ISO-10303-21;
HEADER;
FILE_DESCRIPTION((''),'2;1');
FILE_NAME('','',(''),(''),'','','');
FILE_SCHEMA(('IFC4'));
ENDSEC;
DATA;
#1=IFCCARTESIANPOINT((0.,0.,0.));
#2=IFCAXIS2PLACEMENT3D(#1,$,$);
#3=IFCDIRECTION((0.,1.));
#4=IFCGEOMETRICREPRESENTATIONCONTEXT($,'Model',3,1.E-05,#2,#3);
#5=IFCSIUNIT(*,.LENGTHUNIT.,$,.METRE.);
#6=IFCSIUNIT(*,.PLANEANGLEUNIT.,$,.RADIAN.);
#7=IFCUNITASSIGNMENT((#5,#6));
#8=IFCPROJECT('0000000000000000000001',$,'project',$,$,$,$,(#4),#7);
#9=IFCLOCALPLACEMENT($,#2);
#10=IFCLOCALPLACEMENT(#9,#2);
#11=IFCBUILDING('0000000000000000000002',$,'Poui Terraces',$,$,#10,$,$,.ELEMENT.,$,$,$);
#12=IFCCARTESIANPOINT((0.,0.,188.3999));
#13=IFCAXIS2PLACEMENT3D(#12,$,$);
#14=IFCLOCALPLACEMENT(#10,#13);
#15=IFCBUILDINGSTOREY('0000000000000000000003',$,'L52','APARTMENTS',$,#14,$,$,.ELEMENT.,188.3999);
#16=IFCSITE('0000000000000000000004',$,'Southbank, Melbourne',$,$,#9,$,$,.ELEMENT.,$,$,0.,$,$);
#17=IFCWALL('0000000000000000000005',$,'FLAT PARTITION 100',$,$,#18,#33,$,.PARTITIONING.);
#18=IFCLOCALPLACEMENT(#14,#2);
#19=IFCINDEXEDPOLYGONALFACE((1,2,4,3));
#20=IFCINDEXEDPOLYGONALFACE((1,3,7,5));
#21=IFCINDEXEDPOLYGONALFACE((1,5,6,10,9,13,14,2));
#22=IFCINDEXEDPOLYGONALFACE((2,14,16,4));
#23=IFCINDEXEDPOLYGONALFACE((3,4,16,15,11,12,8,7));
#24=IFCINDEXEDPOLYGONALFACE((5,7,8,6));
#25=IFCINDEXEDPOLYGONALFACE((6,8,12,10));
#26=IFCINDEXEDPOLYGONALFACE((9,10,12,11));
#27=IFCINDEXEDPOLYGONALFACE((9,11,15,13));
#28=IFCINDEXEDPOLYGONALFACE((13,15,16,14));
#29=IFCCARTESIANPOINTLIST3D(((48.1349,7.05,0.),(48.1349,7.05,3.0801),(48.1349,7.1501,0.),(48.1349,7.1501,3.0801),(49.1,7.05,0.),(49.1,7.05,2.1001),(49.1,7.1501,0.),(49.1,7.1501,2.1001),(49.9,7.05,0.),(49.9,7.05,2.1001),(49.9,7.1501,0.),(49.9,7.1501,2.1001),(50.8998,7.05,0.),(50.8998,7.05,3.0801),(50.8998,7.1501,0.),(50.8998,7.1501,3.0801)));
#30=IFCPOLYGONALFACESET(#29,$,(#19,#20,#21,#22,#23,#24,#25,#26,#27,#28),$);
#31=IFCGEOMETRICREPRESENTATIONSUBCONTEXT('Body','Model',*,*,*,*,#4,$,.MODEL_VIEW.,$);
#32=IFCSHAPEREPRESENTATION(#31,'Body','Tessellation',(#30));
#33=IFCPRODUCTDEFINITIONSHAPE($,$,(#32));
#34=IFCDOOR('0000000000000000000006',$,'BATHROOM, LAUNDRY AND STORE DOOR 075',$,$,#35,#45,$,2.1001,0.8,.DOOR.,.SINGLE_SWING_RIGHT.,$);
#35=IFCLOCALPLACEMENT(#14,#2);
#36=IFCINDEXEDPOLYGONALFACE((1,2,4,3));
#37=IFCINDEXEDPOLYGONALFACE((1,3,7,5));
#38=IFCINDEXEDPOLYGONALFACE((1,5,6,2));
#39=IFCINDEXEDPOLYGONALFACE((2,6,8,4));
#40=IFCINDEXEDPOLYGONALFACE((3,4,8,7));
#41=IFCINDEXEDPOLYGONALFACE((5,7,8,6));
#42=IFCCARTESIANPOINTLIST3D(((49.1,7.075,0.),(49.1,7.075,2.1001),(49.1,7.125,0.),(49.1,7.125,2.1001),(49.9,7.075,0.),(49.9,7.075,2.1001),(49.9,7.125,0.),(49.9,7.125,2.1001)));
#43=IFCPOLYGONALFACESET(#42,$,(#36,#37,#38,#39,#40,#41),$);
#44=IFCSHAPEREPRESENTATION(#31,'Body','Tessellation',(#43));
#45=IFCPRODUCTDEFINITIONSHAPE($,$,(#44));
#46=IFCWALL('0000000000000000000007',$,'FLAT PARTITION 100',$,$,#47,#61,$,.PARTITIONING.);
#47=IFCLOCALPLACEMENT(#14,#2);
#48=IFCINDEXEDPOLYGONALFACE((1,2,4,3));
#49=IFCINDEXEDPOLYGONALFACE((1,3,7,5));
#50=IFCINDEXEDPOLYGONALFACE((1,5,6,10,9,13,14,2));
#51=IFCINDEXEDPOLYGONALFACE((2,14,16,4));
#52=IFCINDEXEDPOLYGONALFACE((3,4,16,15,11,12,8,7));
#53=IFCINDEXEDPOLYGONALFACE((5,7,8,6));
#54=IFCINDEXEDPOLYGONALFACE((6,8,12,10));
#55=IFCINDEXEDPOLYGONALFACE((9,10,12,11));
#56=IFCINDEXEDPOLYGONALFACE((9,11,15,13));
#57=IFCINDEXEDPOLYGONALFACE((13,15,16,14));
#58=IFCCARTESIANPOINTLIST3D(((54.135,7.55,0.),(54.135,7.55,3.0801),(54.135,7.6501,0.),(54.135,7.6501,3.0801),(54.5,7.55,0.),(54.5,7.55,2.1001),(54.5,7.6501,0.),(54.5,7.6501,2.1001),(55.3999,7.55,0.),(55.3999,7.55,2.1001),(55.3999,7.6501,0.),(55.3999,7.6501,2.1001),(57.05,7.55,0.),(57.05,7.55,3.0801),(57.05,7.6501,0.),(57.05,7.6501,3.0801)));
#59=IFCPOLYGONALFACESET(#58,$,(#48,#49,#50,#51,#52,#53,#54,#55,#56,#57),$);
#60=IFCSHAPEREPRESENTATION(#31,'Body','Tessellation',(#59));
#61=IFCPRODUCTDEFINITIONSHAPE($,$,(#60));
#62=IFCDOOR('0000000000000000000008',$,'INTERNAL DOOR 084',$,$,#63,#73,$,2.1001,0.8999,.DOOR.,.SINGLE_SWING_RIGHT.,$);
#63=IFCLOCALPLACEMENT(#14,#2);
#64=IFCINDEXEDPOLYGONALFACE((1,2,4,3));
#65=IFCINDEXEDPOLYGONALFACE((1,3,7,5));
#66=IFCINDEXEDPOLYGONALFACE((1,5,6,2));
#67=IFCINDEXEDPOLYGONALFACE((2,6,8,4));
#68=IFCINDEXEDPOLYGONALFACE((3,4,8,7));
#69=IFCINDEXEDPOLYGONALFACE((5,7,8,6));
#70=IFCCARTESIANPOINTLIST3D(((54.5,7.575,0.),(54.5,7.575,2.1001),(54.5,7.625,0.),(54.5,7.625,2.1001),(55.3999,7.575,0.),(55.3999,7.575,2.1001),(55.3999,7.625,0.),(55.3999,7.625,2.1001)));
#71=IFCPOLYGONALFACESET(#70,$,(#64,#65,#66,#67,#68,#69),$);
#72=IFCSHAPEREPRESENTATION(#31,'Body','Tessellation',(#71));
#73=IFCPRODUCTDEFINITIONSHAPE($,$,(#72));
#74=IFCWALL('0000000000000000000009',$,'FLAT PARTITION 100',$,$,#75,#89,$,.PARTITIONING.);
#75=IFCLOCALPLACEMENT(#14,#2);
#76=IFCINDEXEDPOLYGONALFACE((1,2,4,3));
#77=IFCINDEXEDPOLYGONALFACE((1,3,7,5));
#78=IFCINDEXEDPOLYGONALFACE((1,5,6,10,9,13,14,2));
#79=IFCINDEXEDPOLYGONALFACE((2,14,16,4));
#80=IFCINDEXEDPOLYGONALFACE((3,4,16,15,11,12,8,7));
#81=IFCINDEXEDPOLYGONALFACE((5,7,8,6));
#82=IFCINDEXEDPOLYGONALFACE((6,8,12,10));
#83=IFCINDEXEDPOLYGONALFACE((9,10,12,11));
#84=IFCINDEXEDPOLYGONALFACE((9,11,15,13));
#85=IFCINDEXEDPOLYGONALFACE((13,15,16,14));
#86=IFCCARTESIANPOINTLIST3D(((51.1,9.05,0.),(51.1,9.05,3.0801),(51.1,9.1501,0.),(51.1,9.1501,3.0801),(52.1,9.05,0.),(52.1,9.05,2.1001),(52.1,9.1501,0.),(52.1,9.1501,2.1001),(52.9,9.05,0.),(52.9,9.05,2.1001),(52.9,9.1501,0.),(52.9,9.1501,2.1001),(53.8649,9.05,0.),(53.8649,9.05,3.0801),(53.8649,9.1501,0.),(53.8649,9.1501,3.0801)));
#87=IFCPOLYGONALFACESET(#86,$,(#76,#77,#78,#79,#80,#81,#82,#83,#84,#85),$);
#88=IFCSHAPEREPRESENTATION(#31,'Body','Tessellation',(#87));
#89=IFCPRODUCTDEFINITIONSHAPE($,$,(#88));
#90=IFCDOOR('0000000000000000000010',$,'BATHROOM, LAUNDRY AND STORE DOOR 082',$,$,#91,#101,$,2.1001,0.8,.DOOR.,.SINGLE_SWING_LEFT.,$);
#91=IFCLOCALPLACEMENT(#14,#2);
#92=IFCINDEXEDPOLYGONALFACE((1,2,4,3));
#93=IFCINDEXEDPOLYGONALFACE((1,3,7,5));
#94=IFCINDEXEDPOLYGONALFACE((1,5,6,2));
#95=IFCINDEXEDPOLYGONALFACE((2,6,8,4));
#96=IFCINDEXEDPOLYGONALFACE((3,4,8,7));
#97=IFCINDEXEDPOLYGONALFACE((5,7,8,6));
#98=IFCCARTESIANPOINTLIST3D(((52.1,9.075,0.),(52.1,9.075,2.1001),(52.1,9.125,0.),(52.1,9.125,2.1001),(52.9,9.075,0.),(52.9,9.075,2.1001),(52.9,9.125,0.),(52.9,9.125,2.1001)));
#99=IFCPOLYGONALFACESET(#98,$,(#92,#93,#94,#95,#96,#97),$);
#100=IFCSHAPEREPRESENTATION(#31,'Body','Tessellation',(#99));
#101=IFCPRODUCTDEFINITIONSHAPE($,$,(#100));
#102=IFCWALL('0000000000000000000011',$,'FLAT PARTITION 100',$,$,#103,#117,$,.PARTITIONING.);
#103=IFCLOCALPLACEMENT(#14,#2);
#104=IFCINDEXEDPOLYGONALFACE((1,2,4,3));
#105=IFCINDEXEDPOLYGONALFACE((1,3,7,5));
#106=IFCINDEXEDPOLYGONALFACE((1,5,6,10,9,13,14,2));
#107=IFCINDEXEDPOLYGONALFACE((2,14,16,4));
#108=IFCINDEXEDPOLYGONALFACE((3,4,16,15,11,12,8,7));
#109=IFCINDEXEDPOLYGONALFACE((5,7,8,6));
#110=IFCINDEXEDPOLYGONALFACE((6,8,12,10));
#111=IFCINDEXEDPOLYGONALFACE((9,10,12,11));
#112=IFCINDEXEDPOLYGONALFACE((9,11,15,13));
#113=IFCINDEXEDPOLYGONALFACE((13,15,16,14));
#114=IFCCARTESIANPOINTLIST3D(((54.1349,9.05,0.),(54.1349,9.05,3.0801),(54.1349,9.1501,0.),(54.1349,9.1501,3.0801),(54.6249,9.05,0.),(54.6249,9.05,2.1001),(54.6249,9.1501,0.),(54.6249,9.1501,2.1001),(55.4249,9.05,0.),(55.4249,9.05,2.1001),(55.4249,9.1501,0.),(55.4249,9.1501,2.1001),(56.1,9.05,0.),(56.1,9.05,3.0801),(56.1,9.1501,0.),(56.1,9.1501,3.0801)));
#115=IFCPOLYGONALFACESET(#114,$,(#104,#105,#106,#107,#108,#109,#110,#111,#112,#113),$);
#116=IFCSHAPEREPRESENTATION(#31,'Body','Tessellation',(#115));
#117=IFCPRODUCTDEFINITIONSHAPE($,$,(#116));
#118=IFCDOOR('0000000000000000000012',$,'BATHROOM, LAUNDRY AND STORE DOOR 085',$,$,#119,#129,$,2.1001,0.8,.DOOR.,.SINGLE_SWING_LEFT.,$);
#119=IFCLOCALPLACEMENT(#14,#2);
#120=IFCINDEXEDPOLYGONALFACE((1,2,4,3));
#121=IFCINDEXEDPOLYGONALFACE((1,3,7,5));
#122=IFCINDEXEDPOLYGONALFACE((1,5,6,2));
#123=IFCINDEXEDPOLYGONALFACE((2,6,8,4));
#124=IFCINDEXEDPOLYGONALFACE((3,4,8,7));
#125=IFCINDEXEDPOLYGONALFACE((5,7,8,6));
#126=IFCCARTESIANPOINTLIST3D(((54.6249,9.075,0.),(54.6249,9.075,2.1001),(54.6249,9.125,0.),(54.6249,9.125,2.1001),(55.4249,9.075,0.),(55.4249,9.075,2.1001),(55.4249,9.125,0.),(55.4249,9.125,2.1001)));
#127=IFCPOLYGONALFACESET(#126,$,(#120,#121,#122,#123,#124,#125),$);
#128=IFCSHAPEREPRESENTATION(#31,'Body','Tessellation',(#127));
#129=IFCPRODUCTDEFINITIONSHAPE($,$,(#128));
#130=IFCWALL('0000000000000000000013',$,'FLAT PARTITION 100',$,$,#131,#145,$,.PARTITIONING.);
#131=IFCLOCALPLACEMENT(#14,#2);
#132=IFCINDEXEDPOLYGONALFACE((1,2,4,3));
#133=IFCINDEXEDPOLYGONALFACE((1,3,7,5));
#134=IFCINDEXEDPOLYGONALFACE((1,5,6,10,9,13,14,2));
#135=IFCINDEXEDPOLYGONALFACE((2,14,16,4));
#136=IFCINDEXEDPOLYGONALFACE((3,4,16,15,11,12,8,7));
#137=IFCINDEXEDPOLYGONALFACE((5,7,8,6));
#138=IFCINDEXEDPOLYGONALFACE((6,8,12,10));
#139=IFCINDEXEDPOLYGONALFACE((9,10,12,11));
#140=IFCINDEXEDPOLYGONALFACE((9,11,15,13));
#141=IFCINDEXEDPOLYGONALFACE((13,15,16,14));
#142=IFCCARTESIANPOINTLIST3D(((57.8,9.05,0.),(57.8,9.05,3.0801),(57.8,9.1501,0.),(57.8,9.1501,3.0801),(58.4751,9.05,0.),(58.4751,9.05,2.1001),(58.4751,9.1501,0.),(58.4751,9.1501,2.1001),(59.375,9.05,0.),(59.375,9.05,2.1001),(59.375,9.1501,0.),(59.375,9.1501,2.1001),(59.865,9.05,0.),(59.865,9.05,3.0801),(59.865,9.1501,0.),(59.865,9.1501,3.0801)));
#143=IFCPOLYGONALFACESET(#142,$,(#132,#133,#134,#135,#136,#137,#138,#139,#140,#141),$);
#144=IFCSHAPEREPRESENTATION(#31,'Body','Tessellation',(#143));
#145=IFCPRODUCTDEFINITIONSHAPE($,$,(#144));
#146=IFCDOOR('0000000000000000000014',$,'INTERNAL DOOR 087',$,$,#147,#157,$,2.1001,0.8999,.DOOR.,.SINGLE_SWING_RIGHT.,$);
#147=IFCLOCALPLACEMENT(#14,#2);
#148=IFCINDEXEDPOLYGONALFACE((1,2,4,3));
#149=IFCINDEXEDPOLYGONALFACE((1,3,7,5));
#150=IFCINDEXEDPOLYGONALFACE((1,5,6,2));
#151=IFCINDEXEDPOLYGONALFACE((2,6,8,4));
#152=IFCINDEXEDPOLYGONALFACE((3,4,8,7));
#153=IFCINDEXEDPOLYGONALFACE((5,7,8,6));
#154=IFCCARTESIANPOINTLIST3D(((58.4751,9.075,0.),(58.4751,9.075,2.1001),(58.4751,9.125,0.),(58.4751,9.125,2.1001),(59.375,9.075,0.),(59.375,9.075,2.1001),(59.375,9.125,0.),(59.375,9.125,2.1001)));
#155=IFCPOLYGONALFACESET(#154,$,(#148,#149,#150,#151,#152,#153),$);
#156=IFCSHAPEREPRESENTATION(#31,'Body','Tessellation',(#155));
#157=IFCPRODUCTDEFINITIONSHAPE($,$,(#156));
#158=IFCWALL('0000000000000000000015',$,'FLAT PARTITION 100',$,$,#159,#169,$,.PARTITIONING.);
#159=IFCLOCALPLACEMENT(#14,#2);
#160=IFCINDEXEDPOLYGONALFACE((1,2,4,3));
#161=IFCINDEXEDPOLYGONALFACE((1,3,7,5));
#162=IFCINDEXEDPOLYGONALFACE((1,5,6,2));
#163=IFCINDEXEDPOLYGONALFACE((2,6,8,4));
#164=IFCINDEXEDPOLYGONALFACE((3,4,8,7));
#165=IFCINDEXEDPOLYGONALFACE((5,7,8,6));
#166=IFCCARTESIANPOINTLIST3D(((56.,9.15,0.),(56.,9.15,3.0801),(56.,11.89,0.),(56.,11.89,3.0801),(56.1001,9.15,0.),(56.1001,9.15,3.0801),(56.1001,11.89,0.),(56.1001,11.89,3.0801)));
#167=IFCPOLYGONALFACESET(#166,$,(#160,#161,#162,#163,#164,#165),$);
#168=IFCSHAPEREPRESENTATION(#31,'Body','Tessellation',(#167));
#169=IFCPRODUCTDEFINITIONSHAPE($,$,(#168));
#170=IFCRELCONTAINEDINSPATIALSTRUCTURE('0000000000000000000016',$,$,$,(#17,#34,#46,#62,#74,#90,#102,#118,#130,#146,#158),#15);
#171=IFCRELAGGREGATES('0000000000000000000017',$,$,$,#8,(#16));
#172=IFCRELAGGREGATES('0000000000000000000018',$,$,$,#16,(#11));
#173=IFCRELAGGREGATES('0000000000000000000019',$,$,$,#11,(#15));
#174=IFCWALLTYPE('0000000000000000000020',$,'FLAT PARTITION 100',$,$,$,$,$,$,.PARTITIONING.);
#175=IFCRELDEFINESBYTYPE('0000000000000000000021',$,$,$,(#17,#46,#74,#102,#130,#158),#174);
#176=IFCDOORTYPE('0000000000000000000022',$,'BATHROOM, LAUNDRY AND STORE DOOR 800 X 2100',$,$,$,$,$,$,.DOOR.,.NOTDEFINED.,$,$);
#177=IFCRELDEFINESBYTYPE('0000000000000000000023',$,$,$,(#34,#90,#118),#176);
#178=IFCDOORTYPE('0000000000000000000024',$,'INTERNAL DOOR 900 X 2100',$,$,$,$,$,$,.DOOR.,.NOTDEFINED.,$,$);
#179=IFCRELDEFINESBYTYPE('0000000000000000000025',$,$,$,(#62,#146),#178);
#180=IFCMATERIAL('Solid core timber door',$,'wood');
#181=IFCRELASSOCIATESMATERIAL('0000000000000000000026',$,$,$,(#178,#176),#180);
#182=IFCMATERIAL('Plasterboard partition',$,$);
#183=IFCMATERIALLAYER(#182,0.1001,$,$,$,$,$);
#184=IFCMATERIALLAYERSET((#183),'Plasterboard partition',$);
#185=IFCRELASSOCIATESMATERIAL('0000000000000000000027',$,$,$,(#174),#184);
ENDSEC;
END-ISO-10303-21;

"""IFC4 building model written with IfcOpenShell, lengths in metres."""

from ifc_helpers import new_model, si_unit, direction, frame, frame_2d, origin, place, context, subcontext, project, spatial, rectangle, extrude, material, layer, layer_set, type_object, element, fill, save


model = new_model("IFC4")

# Units and contexts
model_context = context("Model", 3, precision=1e-05, world=origin(), true_north=direction((0.0, 1.0)))
body_context = subcontext(model_context, "Body", "Model", "MODEL_VIEW")
ifc_project = project(units=[si_unit("LENGTHUNIT", "METRE"), si_unit("PLANEANGLEUNIT", "RADIAN")], contexts=[model_context])

# Site, building, storey
site_placement = place(None, origin())
site = spatial("IfcSite", under=ifc_project, at=site_placement, Name="Southbank, Melbourne", CompositionType="ELEMENT", RefElevation=0.0)
building_placement = place(site_placement, origin())
building = spatial("IfcBuilding", under=site, at=building_placement, Name="Poui Terraces", CompositionType="ELEMENT")
storey_placement = place(building_placement, frame((0.0, 0.0, 188.3999)))
storey = spatial("IfcBuildingStorey", under=building, at=storey_placement, Name="L52", Description="APARTMENTS", CompositionType="ELEMENT", Elevation=188.3999)

# Walls, openings, doors
ifc_material_1 = material(Name="Solid core timber door", Category="wood")
door_type_1 = type_object("IfcDoorType", Name="INTERNAL DOOR 900 X 2100", OperationType="NOTDEFINED", PredefinedType="DOOR", material=ifc_material_1)
ifc_material_2 = material(Name="Plasterboard partition")
ifc_layer_1 = layer(ifc_material_2, 0.1001)
ifc_layer_set_1 = layer_set([ifc_layer_1], Name="Plasterboard partition")
wall_type_1 = type_object("IfcWallType", Name="FLAT PARTITION 100", PredefinedType="PARTITIONING", material=ifc_layer_set_1)
wall_1_placement = place(storey_placement, frame((48.135, 7.1001, 0.0), z_axis=(0.0, 0.0, 1.0), x_axis=(1.0, 0.0, 0.0)))
wall_1 = element("IfcWall", 1, at=wall_1_placement, inside=storey, type_object=wall_type_1, Name="FLAT PARTITION 100", PredefinedType="PARTITIONING", context=body_context, shape_type="SweptSolid", body=[
    extrude(rectangle(XDim=2.7649, YDim=0.1001, at=frame_2d((1.3823, 0.0))), origin(), (0.0, 0.0, 1.0), 3.0801),
])
opening_1_placement = place(wall_1_placement, frame((0.9651, 0.0, 0.0)))
opening_1 = element("IfcOpeningElement", 2, at=opening_1_placement, cuts=wall_1, PredefinedType="OPENING", context=body_context, shape_type="SweptSolid", body=[
    extrude(rectangle(XDim=0.8, YDim=2.1001, at=frame_2d((0.3999, 1.05))), frame((0.0, 0.0601, 0.0), z_axis=(0.0, -1.0, 0.0), x_axis=(1.0, 0.0, 0.0)), (0.0, 0.0, 1.0), 0.1201),
])
door_type_2 = type_object("IfcDoorType", Name="BATHROOM, LAUNDRY AND STORE DOOR 800 X 2100", OperationType="NOTDEFINED", PredefinedType="DOOR", material=ifc_material_1)
door_1_placement = place(opening_1_placement, origin())
door_1 = element("IfcDoor", 3, at=door_1_placement, inside=storey, type_object=door_type_2, Name="BATHROOM, LAUNDRY AND STORE DOOR 075", OperationType="SINGLE_SWING_RIGHT", OverallHeight=2.1001, OverallWidth=0.8, PredefinedType="DOOR", context=body_context, shape_type="SweptSolid", body=[
    extrude(rectangle(XDim=0.8, YDim=2.1001, at=frame_2d((0.3999, 1.05))), frame((0.0, 0.0249, 0.0), z_axis=(0.0, -1.0, 0.0), x_axis=(1.0, 0.0, 0.0)), (0.0, 0.0, 1.0), 0.05),
])
fill(opening_1, door_1)
wall_2_placement = place(storey_placement, frame((54.135, 7.6001, 0.0), z_axis=(0.0, 0.0, 1.0), x_axis=(1.0, 0.0, 0.0)))
wall_2 = element("IfcWall", 4, at=wall_2_placement, inside=storey, type_object=wall_type_1, Name="FLAT PARTITION 100", PredefinedType="PARTITIONING", context=body_context, shape_type="SweptSolid", body=[
    extrude(rectangle(XDim=2.915, YDim=0.1001, at=frame_2d((1.4575, 0.0))), origin(), (0.0, 0.0, 1.0), 3.0801),
])
opening_2_placement = place(wall_2_placement, frame((0.365, 0.0, 0.0)))
opening_2 = element("IfcOpeningElement", 5, at=opening_2_placement, cuts=wall_2, PredefinedType="OPENING", context=body_context, shape_type="SweptSolid", body=[
    extrude(rectangle(XDim=0.8999, YDim=2.1001, at=frame_2d((0.45, 1.05))), frame((0.0, 0.0601, 0.0), z_axis=(0.0, -1.0, 0.0), x_axis=(1.0, 0.0, 0.0)), (0.0, 0.0, 1.0), 0.1201),
])
door_2_placement = place(opening_2_placement, origin())
door_2 = element("IfcDoor", 6, at=door_2_placement, inside=storey, type_object=door_type_1, Name="INTERNAL DOOR 084", OperationType="SINGLE_SWING_RIGHT", OverallHeight=2.1001, OverallWidth=0.8999, PredefinedType="DOOR", context=body_context, shape_type="SweptSolid", body=[
    extrude(rectangle(XDim=0.8999, YDim=2.1001, at=frame_2d((0.45, 1.05))), frame((0.0, 0.0249, 0.0), z_axis=(0.0, -1.0, 0.0), x_axis=(1.0, 0.0, 0.0)), (0.0, 0.0, 1.0), 0.05),
])
fill(opening_2, door_2)
wall_3_placement = place(storey_placement, frame((51.1001, 9.1001, 0.0), z_axis=(0.0, 0.0, 1.0), x_axis=(1.0, 0.0, 0.0)))
wall_3 = element("IfcWall", 7, at=wall_3_placement, inside=storey, type_object=wall_type_1, Name="FLAT PARTITION 100", PredefinedType="PARTITIONING", context=body_context, shape_type="SweptSolid", body=[
    extrude(rectangle(XDim=2.7649, YDim=0.1001, at=frame_2d((1.3823, 0.0))), origin(), (0.0, 0.0, 1.0), 3.0801),
])
opening_3_placement = place(wall_3_placement, frame((1.0, 0.0, 0.0)))
opening_3 = element("IfcOpeningElement", 8, at=opening_3_placement, cuts=wall_3, PredefinedType="OPENING", context=body_context, shape_type="SweptSolid", body=[
    extrude(rectangle(XDim=0.8, YDim=2.1001, at=frame_2d((0.3999, 1.05))), frame((0.0, 0.0601, 0.0), z_axis=(0.0, -1.0, 0.0), x_axis=(1.0, 0.0, 0.0)), (0.0, 0.0, 1.0), 0.1201),
])
door_3_placement = place(opening_3_placement, origin())
door_3 = element("IfcDoor", 9, at=door_3_placement, inside=storey, type_object=door_type_2, Name="BATHROOM, LAUNDRY AND STORE DOOR 082", OperationType="SINGLE_SWING_LEFT", OverallHeight=2.1001, OverallWidth=0.8, PredefinedType="DOOR", context=body_context, shape_type="SweptSolid", body=[
    extrude(rectangle(XDim=0.8, YDim=2.1001, at=frame_2d((0.3999, 1.05))), frame((0.0, 0.0249, 0.0), z_axis=(0.0, -1.0, 0.0), x_axis=(1.0, 0.0, 0.0)), (0.0, 0.0, 1.0), 0.05),
])
fill(opening_3, door_3)
wall_4_placement = place(storey_placement, frame((54.135, 9.1001, 0.0), z_axis=(0.0, 0.0, 1.0), x_axis=(1.0, 0.0, 0.0)))
wall_4 = element("IfcWall", 10, at=wall_4_placement, inside=storey, type_object=wall_type_1, Name="FLAT PARTITION 100", PredefinedType="PARTITIONING", context=body_context, shape_type="SweptSolid", body=[
    extrude(rectangle(XDim=1.9651, YDim=0.1001, at=frame_2d((0.9824, 0.0))), origin(), (0.0, 0.0, 1.0), 3.0801),
])
opening_4_placement = place(wall_4_placement, frame((0.49, 0.0, 0.0)))
opening_4 = element("IfcOpeningElement", 11, at=opening_4_placement, cuts=wall_4, PredefinedType="OPENING", context=body_context, shape_type="SweptSolid", body=[
    extrude(rectangle(XDim=0.8, YDim=2.1001, at=frame_2d((0.3999, 1.05))), frame((0.0, 0.0601, 0.0), z_axis=(0.0, -1.0, 0.0), x_axis=(1.0, 0.0, 0.0)), (0.0, 0.0, 1.0), 0.1201),
])
door_4_placement = place(opening_4_placement, origin())
door_4 = element("IfcDoor", 12, at=door_4_placement, inside=storey, type_object=door_type_2, Name="BATHROOM, LAUNDRY AND STORE DOOR 085", OperationType="SINGLE_SWING_LEFT", OverallHeight=2.1001, OverallWidth=0.8, PredefinedType="DOOR", context=body_context, shape_type="SweptSolid", body=[
    extrude(rectangle(XDim=0.8, YDim=2.1001, at=frame_2d((0.3999, 1.05))), frame((0.0, 0.0249, 0.0), z_axis=(0.0, -1.0, 0.0), x_axis=(1.0, 0.0, 0.0)), (0.0, 0.0, 1.0), 0.05),
])
fill(opening_4, door_4)
wall_5_placement = place(storey_placement, frame((57.8, 9.1001, 0.0), z_axis=(0.0, 0.0, 1.0), x_axis=(1.0, 0.0, 0.0)))
wall_5 = element("IfcWall", 13, at=wall_5_placement, inside=storey, type_object=wall_type_1, Name="FLAT PARTITION 100", PredefinedType="PARTITIONING", context=body_context, shape_type="SweptSolid", body=[
    extrude(rectangle(XDim=2.0649, YDim=0.1001, at=frame_2d((1.0325, 0.0))), origin(), (0.0, 0.0, 1.0), 3.0801),
])
opening_5_placement = place(wall_5_placement, frame((0.675, 0.0, 0.0)))
opening_5 = element("IfcOpeningElement", 14, at=opening_5_placement, cuts=wall_5, PredefinedType="OPENING", context=body_context, shape_type="SweptSolid", body=[
    extrude(rectangle(XDim=0.8999, YDim=2.1001, at=frame_2d((0.45, 1.05))), frame((0.0, 0.0601, 0.0), z_axis=(0.0, -1.0, 0.0), x_axis=(1.0, 0.0, 0.0)), (0.0, 0.0, 1.0), 0.1201),
])
door_5_placement = place(opening_5_placement, origin())
door_5 = element("IfcDoor", 15, at=door_5_placement, inside=storey, type_object=door_type_1, Name="INTERNAL DOOR 087", OperationType="SINGLE_SWING_RIGHT", OverallHeight=2.1001, OverallWidth=0.8999, PredefinedType="DOOR", context=body_context, shape_type="SweptSolid", body=[
    extrude(rectangle(XDim=0.8999, YDim=2.1001, at=frame_2d((0.45, 1.05))), frame((0.0, 0.0249, 0.0), z_axis=(0.0, -1.0, 0.0), x_axis=(1.0, 0.0, 0.0)), (0.0, 0.0, 1.0), 0.05),
])
fill(opening_5, door_5)

# Wall
wall_6_placement = place(storey_placement, frame((56.05, 9.1499, 0.0), z_axis=(0.0, 0.0, 1.0), x_axis=(0.0, 1.0, 0.0)))
element("IfcWall", 16, at=wall_6_placement, inside=storey, type_object=wall_type_1, Name="FLAT PARTITION 100", PredefinedType="PARTITIONING", context=body_context, shape_type="SweptSolid", body=[
    extrude(rectangle(XDim=2.74, YDim=0.1001, at=frame_2d((1.3701, 0.0))), origin(), (0.0, 0.0, 1.0), 3.0801),
])

save(model, "model.ifc")
